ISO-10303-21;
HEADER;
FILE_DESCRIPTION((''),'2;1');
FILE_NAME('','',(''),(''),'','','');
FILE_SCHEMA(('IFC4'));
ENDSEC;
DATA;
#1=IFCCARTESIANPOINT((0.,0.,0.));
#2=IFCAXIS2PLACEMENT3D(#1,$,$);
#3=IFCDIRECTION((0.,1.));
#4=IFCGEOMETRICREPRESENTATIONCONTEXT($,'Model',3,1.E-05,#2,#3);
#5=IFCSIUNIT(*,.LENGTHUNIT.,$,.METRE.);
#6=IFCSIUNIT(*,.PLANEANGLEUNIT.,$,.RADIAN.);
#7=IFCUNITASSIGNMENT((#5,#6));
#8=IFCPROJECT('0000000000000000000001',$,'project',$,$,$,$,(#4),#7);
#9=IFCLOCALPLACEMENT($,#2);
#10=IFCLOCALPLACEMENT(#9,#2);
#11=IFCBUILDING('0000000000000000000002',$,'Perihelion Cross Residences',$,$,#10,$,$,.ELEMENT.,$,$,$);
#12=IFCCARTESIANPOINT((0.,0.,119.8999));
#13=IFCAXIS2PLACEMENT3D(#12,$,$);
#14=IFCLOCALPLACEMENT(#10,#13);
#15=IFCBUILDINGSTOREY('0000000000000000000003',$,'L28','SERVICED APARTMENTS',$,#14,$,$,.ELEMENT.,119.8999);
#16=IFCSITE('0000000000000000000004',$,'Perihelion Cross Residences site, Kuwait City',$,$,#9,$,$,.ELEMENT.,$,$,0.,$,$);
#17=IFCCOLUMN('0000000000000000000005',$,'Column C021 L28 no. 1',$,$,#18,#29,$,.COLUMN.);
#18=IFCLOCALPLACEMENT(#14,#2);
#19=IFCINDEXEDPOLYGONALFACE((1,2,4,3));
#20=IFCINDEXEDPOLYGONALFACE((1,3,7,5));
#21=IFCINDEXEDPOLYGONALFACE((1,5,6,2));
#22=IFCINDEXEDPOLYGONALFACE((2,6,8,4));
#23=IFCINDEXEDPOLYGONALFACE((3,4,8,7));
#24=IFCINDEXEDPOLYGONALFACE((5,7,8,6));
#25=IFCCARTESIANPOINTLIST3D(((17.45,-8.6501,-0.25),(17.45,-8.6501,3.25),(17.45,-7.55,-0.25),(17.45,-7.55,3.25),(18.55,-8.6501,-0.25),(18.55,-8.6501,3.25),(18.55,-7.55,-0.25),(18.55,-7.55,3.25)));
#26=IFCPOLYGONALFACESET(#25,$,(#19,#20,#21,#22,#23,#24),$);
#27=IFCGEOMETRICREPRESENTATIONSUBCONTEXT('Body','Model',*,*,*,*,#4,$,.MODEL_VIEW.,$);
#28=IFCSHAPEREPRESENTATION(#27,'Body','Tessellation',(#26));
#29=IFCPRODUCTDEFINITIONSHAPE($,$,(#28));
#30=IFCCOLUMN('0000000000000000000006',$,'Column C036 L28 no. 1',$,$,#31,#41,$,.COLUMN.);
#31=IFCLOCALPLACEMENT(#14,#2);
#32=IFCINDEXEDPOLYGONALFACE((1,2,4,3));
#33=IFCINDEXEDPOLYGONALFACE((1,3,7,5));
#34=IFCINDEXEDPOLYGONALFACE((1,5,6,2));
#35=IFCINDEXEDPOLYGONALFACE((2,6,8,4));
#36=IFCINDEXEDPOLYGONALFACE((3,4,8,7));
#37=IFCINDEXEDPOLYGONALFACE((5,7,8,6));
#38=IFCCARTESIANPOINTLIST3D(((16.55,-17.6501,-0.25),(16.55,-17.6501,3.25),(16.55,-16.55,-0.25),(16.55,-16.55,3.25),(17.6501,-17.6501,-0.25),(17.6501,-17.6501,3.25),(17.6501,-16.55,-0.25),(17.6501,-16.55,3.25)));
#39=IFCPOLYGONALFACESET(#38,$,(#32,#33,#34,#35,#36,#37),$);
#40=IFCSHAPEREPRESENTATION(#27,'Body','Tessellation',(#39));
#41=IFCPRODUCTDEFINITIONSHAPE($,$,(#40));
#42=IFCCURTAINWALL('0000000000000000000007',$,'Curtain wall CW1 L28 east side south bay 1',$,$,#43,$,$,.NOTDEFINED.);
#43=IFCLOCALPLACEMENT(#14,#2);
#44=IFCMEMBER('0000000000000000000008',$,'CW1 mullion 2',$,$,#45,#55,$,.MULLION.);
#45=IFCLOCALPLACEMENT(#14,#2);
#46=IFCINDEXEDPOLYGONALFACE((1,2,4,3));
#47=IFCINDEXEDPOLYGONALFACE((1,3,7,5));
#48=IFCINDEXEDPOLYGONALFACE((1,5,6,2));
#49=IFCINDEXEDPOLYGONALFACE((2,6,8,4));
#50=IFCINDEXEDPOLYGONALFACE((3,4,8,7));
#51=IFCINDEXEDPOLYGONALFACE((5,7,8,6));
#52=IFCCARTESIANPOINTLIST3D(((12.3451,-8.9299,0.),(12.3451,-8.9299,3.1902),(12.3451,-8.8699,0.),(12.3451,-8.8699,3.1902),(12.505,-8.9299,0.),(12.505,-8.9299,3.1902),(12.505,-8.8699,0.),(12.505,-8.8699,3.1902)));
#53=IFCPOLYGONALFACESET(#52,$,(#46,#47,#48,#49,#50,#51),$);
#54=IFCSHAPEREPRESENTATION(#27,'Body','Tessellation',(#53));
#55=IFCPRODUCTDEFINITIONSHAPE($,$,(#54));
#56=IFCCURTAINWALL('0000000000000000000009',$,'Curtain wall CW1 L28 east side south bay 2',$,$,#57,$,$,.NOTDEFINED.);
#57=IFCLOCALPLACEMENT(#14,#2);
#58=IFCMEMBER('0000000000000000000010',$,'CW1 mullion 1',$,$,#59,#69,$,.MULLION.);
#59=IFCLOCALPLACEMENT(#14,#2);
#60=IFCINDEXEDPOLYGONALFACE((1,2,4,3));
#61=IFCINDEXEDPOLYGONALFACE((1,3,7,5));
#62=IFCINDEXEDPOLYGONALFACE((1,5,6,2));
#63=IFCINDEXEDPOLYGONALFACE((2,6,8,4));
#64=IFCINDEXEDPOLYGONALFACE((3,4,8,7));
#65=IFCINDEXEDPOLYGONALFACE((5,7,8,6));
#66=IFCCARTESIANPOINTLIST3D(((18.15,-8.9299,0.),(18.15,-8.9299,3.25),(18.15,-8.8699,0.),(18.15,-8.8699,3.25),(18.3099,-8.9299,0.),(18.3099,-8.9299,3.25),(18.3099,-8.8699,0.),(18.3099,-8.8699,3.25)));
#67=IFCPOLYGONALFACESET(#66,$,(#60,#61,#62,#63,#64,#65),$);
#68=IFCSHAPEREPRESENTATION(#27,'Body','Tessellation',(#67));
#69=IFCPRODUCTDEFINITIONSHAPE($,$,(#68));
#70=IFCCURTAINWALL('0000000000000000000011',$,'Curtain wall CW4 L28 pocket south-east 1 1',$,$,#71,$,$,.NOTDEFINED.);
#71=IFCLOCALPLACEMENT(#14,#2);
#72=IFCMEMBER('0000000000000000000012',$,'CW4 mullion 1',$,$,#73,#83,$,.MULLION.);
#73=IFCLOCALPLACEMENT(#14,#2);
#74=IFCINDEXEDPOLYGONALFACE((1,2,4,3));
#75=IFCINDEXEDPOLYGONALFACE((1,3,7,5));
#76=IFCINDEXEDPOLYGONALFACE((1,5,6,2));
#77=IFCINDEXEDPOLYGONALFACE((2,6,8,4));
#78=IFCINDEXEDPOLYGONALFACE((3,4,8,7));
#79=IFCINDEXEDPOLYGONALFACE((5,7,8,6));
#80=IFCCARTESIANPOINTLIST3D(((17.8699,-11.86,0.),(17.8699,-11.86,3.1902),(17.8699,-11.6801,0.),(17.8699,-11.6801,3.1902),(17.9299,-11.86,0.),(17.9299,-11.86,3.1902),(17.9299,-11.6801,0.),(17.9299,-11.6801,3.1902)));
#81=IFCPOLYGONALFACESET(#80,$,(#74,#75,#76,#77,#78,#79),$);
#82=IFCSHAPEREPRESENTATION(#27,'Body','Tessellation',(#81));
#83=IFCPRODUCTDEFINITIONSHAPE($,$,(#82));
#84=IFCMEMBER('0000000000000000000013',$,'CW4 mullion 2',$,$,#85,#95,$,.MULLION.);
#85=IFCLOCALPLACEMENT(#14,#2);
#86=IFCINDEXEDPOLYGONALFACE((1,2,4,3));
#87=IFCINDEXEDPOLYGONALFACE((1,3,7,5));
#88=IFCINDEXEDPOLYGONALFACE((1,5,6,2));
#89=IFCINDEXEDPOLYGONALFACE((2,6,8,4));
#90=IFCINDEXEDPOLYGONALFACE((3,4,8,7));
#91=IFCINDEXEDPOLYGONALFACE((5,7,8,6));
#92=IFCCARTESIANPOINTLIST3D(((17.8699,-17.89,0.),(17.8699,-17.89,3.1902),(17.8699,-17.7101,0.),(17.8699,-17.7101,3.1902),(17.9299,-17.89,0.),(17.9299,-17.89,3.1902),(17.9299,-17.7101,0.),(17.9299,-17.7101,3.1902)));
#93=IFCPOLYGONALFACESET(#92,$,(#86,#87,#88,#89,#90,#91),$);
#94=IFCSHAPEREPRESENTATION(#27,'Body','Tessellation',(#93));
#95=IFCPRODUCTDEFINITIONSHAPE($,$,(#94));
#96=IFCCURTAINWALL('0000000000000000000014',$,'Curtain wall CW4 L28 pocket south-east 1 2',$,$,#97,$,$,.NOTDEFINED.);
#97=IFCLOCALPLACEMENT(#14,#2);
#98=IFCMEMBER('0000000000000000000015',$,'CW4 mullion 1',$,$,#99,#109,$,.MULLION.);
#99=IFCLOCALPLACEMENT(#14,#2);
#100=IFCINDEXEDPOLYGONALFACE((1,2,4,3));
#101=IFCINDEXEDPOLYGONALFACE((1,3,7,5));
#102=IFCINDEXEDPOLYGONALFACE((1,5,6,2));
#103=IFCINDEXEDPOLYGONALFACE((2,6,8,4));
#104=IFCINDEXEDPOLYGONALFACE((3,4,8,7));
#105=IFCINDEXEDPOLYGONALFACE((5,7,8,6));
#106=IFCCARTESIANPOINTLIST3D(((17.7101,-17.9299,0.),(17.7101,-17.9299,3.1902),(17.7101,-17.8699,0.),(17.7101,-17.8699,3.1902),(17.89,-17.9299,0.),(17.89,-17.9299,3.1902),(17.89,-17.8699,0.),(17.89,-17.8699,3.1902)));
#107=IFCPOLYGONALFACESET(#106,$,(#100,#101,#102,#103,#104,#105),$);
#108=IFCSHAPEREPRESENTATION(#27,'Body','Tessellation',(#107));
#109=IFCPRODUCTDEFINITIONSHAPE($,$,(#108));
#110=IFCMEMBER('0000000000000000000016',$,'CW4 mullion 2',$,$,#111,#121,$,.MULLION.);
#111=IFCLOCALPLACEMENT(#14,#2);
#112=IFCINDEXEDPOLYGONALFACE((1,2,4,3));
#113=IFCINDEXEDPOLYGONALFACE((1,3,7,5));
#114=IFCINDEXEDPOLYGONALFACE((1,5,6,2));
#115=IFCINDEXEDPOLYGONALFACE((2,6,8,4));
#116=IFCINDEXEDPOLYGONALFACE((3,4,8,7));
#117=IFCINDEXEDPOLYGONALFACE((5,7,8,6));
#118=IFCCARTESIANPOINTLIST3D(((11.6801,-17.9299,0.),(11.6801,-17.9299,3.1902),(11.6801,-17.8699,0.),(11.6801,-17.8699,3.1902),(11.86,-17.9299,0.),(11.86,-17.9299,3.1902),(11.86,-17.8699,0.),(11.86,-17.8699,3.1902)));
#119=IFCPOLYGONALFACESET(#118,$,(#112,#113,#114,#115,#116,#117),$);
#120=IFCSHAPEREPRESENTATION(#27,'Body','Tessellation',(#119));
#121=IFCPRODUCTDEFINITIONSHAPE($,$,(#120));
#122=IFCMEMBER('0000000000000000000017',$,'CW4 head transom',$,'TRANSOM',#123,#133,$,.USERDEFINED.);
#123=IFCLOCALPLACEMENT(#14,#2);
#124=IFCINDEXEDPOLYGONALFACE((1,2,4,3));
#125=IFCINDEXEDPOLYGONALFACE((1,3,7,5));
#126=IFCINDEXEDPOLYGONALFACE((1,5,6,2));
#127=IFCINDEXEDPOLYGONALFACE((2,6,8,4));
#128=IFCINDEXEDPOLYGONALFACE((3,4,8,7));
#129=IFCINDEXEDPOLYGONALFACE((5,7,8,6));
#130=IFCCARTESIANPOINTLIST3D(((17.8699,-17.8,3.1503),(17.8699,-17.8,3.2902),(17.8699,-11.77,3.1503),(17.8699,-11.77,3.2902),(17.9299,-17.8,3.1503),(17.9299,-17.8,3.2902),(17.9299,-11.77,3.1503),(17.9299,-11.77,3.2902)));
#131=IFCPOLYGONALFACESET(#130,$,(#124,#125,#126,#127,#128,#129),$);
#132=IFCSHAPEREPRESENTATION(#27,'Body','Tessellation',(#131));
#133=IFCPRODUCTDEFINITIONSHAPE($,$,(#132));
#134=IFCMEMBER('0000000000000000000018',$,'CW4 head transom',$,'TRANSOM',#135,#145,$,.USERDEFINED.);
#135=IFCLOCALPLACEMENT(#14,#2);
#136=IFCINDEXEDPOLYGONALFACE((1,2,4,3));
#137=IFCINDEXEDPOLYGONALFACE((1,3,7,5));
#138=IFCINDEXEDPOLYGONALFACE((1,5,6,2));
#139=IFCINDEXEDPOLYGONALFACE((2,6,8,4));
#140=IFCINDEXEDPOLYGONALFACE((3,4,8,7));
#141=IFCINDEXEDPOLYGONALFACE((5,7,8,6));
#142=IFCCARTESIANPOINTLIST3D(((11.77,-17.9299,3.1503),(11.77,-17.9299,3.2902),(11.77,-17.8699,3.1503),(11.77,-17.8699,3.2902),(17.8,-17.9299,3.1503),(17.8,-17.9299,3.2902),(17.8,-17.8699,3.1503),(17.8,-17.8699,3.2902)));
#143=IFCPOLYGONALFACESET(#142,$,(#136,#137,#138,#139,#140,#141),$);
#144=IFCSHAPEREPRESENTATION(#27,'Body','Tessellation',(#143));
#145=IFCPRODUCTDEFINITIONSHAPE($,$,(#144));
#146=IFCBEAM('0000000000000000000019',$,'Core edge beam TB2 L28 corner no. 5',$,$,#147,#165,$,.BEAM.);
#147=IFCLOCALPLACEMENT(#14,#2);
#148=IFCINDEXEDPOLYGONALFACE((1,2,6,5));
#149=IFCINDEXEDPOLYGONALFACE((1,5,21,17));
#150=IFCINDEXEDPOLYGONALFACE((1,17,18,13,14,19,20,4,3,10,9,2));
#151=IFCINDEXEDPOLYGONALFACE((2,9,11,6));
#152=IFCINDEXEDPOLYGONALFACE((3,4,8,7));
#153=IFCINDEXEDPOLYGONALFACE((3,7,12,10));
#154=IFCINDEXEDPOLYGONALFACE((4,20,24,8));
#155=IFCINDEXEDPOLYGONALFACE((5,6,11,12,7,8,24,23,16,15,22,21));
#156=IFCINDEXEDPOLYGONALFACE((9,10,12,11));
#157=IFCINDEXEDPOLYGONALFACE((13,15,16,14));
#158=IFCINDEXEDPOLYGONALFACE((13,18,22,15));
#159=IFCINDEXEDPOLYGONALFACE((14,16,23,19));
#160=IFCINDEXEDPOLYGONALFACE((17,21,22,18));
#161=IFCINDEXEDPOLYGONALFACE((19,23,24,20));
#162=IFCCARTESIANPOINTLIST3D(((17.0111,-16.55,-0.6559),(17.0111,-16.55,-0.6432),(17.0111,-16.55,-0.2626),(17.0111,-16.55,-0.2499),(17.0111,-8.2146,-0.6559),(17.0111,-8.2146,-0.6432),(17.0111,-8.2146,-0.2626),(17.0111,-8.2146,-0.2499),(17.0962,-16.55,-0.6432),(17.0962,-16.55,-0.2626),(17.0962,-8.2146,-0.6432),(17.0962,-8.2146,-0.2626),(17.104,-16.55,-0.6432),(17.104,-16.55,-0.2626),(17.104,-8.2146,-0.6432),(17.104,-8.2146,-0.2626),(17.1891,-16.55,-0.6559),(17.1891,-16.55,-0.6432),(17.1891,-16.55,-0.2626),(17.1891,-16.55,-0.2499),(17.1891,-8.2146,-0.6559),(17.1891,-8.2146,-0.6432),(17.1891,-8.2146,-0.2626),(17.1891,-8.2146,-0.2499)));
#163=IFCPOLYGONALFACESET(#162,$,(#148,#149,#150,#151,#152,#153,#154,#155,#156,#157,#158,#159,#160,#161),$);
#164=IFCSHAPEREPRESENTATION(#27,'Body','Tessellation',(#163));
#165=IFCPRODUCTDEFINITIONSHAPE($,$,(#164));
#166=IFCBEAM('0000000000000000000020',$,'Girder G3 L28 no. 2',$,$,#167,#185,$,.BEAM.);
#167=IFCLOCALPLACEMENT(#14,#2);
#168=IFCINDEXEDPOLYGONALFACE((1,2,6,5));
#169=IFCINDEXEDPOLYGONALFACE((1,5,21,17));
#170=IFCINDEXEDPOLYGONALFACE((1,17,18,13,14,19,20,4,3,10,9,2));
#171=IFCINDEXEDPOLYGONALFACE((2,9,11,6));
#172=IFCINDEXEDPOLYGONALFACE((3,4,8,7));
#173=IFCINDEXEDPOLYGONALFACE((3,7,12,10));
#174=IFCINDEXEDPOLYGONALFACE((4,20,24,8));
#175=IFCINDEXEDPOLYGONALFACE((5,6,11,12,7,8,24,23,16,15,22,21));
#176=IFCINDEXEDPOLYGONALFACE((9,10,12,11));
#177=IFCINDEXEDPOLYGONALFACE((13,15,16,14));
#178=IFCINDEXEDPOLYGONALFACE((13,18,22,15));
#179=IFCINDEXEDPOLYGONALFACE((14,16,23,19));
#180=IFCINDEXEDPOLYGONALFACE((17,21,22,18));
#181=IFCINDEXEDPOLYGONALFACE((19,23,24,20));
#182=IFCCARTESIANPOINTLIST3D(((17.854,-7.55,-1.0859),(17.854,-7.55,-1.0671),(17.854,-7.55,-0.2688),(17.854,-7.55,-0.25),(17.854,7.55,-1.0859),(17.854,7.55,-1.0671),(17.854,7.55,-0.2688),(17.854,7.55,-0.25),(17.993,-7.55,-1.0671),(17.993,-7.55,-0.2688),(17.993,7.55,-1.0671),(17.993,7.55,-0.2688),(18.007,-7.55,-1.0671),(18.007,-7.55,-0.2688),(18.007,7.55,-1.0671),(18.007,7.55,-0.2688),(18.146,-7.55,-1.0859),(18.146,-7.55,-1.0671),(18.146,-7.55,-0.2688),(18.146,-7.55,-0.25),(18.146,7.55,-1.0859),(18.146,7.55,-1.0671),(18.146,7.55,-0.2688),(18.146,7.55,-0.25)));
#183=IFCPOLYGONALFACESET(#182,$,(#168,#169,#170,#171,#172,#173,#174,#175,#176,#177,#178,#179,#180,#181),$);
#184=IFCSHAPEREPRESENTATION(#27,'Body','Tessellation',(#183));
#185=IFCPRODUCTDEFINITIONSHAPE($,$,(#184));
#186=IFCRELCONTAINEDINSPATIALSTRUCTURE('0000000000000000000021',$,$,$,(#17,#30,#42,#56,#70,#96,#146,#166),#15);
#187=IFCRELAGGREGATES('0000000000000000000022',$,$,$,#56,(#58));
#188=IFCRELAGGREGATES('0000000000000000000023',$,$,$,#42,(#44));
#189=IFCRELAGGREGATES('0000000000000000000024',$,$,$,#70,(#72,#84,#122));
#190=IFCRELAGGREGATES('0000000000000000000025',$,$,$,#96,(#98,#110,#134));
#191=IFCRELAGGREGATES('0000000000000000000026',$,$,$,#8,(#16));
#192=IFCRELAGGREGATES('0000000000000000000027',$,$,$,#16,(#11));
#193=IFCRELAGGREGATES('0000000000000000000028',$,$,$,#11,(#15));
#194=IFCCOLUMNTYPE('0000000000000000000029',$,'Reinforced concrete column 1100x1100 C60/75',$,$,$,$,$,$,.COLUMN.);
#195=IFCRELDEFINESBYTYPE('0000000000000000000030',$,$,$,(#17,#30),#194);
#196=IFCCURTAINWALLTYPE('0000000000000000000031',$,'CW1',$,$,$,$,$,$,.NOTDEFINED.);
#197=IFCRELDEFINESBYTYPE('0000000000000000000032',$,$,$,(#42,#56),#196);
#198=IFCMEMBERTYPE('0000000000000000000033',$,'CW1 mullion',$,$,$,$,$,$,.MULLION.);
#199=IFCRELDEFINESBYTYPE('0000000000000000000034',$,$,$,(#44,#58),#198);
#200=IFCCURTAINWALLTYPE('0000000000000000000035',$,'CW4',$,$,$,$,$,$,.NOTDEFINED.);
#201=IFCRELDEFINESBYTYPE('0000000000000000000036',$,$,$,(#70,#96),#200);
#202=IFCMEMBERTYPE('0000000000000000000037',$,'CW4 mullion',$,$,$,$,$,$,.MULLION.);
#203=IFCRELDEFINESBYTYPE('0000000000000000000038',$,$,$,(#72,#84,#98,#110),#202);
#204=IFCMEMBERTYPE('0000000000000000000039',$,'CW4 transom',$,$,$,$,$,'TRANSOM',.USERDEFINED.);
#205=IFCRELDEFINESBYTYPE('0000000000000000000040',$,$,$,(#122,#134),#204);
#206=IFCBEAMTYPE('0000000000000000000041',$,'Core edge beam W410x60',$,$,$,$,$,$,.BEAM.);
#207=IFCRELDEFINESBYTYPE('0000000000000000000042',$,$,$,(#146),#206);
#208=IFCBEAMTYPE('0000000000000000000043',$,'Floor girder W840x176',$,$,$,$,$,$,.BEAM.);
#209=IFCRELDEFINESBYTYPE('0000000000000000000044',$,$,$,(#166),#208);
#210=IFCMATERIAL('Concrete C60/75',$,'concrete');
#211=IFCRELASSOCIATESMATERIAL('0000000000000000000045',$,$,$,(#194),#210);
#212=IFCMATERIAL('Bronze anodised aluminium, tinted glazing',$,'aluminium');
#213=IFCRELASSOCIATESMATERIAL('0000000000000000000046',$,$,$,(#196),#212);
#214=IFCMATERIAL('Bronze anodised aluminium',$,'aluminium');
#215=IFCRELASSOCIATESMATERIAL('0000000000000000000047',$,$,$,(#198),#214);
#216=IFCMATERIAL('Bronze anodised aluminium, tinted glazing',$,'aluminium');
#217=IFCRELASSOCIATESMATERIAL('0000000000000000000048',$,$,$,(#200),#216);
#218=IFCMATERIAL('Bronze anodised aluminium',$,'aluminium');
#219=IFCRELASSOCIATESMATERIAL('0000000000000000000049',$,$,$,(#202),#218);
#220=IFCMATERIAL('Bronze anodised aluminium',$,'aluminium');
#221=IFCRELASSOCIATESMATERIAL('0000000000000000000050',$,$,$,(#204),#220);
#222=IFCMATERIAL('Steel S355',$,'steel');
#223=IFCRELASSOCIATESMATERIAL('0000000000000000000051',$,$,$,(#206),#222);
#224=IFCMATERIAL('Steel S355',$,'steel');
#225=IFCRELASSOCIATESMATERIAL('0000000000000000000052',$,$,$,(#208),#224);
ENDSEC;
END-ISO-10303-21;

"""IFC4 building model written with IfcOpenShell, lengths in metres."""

from ifc_helpers import new_model, si_unit, direction, frame, origin, origin_2d, place, context, subcontext, project, spatial, rectangle, i_section, extrude, material, material_profile, profile_set, type_object, element, aggregate, save


model = new_model("IFC4")

# Units and contexts
model_context = context("Model", 3, precision=1e-05, world=origin(), true_north=direction((0.0, 1.0)))
body_context = subcontext(model_context, "Body", "Model", "MODEL_VIEW")
ifc_project = project(units=[si_unit("LENGTHUNIT", "METRE"), si_unit("PLANEANGLEUNIT", "RADIAN")], contexts=[model_context])

# Site, building, storey
site_placement = place(None, origin())
site = spatial("IfcSite", under=ifc_project, at=site_placement, Name="Perihelion Cross Residences site, Kuwait City", CompositionType="ELEMENT", RefElevation=0.0)
building_placement = place(site_placement, origin())
building = spatial("IfcBuilding", under=site, at=building_placement, Name="Perihelion Cross Residences", CompositionType="ELEMENT")
storey_placement = place(building_placement, frame((0.0, 0.0, 119.8999)))
storey = spatial("IfcBuildingStorey", under=building, at=storey_placement, Name="L28", Description="SERVICED APARTMENTS", CompositionType="ELEMENT", Elevation=119.8999)

# Columns
ifc_material_1 = material(Name="Concrete C60/75", Category="concrete")
ifc_material_profile_1 = material_profile(ifc_material_1, rectangle(XDim=1.1001, YDim=1.1001, at=origin_2d()), Name="RC 1100x1100")
ifc_profile_set_1 = profile_set([ifc_material_profile_1], Name="Concrete C60/75")
column_type = type_object("IfcColumnType", Name="Reinforced concrete column 1100x1100 C60/75", PredefinedType="COLUMN", material=ifc_profile_set_1)
for number, where, z_axis, x_axis, name in (
    (1, (18.0, -8.1001, -0.25), (0.0, 0.0, 1.0), (1.0, 0.0, 0.0), "Column C021 L28 no. 1"),
    (2, (17.1001, -17.1001, -0.25), (0.0, 0.0, 1.0), (1.0, 0.0, 0.0), "Column C036 L28 no. 1"),
):
    element("IfcColumn", number, at=place(storey_placement, frame(where, z_axis=z_axis, x_axis=x_axis)), inside=storey, type_object=column_type, Name=name, PredefinedType="COLUMN", context=body_context, shape_type="SweptSolid", body=[
        extrude(rectangle(XDim=1.1001, YDim=1.1001, at=origin_2d()), origin(), (0.0, 0.0, 1.0), 3.5),
    ])

# Curtain walls, members
ifc_material_2 = material(Name="Bronze anodised aluminium, tinted glazing", Category="aluminium")
curtain_wall_type_1 = type_object("IfcCurtainWallType", Name="CW1", PredefinedType="NOTDEFINED", material=ifc_material_2)
curtain_wall_1_placement = place(storey_placement, origin())
curtain_wall_1 = element("IfcCurtainWall", 3, at=curtain_wall_1_placement, inside=storey, type_object=curtain_wall_type_1, Name="Curtain wall CW1 L28 east side south bay 1", PredefinedType="NOTDEFINED")
ifc_material_3 = material(Name="Bronze anodised aluminium", Category="aluminium")
ifc_material_profile_2 = material_profile(ifc_material_3, rectangle(XDim=0.0601, YDim=0.1599, at=origin_2d()), Name="CW1 mullion")
ifc_profile_set_2 = profile_set([ifc_material_profile_2], Name="Bronze anodised aluminium")
member_type_1 = type_object("IfcMemberType", Name="CW1 mullion", PredefinedType="MULLION", material=ifc_profile_set_2)
member_1_placement = place(storey_placement, frame((12.425, -8.8999, 0.0), z_axis=(0.0, 0.0, 1.0), x_axis=(0.0, 1.0, 0.0)))
member_1 = element("IfcMember", 4, at=member_1_placement, type_object=member_type_1, Name="CW1 mullion 2", PredefinedType="MULLION", context=body_context, shape_type="SweptSolid", body=[
    extrude(rectangle(XDim=0.0601, YDim=0.1599, at=origin_2d()), origin(), (0.0, 0.0, 1.0), 3.1902),
])
curtain_wall_2_placement = place(storey_placement, origin())
curtain_wall_2 = element("IfcCurtainWall", 5, at=curtain_wall_2_placement, inside=storey, type_object=curtain_wall_type_1, Name="Curtain wall CW1 L28 east side south bay 2", PredefinedType="NOTDEFINED")
member_2_placement = place(storey_placement, frame((18.23, -8.8999, 0.0), z_axis=(0.0, 0.0, 1.0), x_axis=(0.0, 1.0, 0.0)))
member_2 = element("IfcMember", 6, at=member_2_placement, type_object=member_type_1, Name="CW1 mullion 1", PredefinedType="MULLION", context=body_context, shape_type="SweptSolid", body=[
    extrude(rectangle(XDim=0.0601, YDim=0.1599, at=origin_2d()), origin(), (0.0, 0.0, 1.0), 3.25),
])
aggregate(curtain_wall_2, [member_2])

# Curtain walls, members
ifc_material_4 = material(Name="Bronze anodised aluminium, tinted glazing", Category="aluminium")
curtain_wall_type_2 = type_object("IfcCurtainWallType", Name="CW4", PredefinedType="NOTDEFINED", material=ifc_material_4)
curtain_wall_3_placement = place(storey_placement, origin())
curtain_wall_3 = element("IfcCurtainWall", 7, at=curtain_wall_3_placement, inside=storey, type_object=curtain_wall_type_2, Name="Curtain wall CW4 L28 pocket south-east 1 1", PredefinedType="NOTDEFINED")
ifc_material_5 = material(Name="Bronze anodised aluminium", Category="aluminium")
ifc_material_profile_3 = material_profile(ifc_material_5, rectangle(XDim=0.0601, YDim=0.1799, at=origin_2d()), Name="CW4 mullion")
ifc_profile_set_3 = profile_set([ifc_material_profile_3], Name="Bronze anodised aluminium")
member_type_2 = type_object("IfcMemberType", Name="CW4 mullion", PredefinedType="MULLION", material=ifc_profile_set_3)
member_3_placement = place(storey_placement, frame((17.8999, -11.77, 0.0), z_axis=(0.0, 0.0, 1.0), x_axis=(1.0, 0.0, 0.0)))
member_3 = element("IfcMember", 8, at=member_3_placement, type_object=member_type_2, Name="CW4 mullion 1", PredefinedType="MULLION", context=body_context, shape_type="SweptSolid", body=[
    extrude(rectangle(XDim=0.0601, YDim=0.1799, at=origin_2d()), origin(), (0.0, 0.0, 1.0), 3.1902),
])
member_4_placement = place(storey_placement, frame((17.8999, -17.8, 0.0), z_axis=(0.0, 0.0, 1.0), x_axis=(1.0, 0.0, 0.0)))
member_4 = element("IfcMember", 9, at=member_4_placement, type_object=member_type_2, Name="CW4 mullion 2", PredefinedType="MULLION", context=body_context, shape_type="SweptSolid", body=[
    extrude(rectangle(XDim=0.0601, YDim=0.1799, at=origin_2d()), origin(), (0.0, 0.0, 1.0), 3.1902),
])
curtain_wall_4_placement = place(storey_placement, origin())
curtain_wall_4 = element("IfcCurtainWall", 10, at=curtain_wall_4_placement, inside=storey, type_object=curtain_wall_type_2, Name="Curtain wall CW4 L28 pocket south-east 1 2", PredefinedType="NOTDEFINED")
member_5_placement = place(storey_placement, frame((17.8, -17.8999, 0.0), z_axis=(0.0, 0.0, 1.0), x_axis=(0.0, -1.0, 0.0)))
member_5 = element("IfcMember", 11, at=member_5_placement, type_object=member_type_2, Name="CW4 mullion 1", PredefinedType="MULLION", context=body_context, shape_type="SweptSolid", body=[
    extrude(rectangle(XDim=0.0601, YDim=0.1799, at=origin_2d()), origin(), (0.0, 0.0, 1.0), 3.1902),
])
member_6_placement = place(storey_placement, frame((11.77, -17.8999, 0.0), z_axis=(0.0, 0.0, 1.0), x_axis=(0.0, -1.0, 0.0)))
member_6 = element("IfcMember", 12, at=member_6_placement, type_object=member_type_2, Name="CW4 mullion 2", PredefinedType="MULLION", context=body_context, shape_type="SweptSolid", body=[
    extrude(rectangle(XDim=0.0601, YDim=0.1799, at=origin_2d()), origin(), (0.0, 0.0, 1.0), 3.1902),
])

# Members
ifc_material_6 = material(Name="Bronze anodised aluminium", Category="aluminium")
ifc_material_profile_4 = material_profile(ifc_material_6, rectangle(XDim=0.0601, YDim=0.1399, at=origin_2d()), Name="CW4 transom")
ifc_profile_set_4 = profile_set([ifc_material_profile_4], Name="Bronze anodised aluminium")
member_type_3 = type_object("IfcMemberType", Name="CW4 transom", ElementType="TRANSOM", PredefinedType="USERDEFINED", material=ifc_profile_set_4)
member_7_placement = place(storey_placement, frame((17.8999, -11.77, 3.2202), z_axis=(0.0, -1.0, 0.0), x_axis=(1.0, 0.0, 0.0)))
member_7 = element("IfcMember", 13, at=member_7_placement, type_object=member_type_3, Name="CW4 head transom", ObjectType="TRANSOM", PredefinedType="USERDEFINED", context=body_context, shape_type="SweptSolid", body=[
    extrude(rectangle(XDim=0.0601, YDim=0.1399, at=origin_2d()), origin(), (0.0, 0.0, 1.0), 6.03),
])
member_8_placement = place(storey_placement, frame((17.8, -17.8999, 3.2202), z_axis=(-1.0, 0.0, 0.0), x_axis=(0.0, -1.0, 0.0)))
member_8 = element("IfcMember", 14, at=member_8_placement, type_object=member_type_3, Name="CW4 head transom", ObjectType="TRANSOM", PredefinedType="USERDEFINED", context=body_context, shape_type="SweptSolid", body=[
    extrude(rectangle(XDim=0.0601, YDim=0.1399, at=origin_2d()), origin(), (0.0, 0.0, 1.0), 6.03),
])

# Beams
ifc_material_7 = material(Name="Steel S355", Category="steel")
ifc_material_profile_5 = material_profile(ifc_material_7, i_section(OverallWidth=0.178, OverallDepth=0.406, WebThickness=0.0078, FlangeThickness=0.0127, at=origin_2d()), Name="W410x60")
ifc_profile_set_5 = profile_set([ifc_material_profile_5], Name="Steel S355")
beam_type_1 = type_object("IfcBeamType", Name="Core edge beam W410x60", PredefinedType="BEAM", material=ifc_profile_set_5)
beam_1_placement = place(storey_placement, frame((17.1001, -8.2146, -0.4529), z_axis=(0.0, -1.0, 0.0), x_axis=(1.0, 0.0, 0.0)))
element("IfcBeam", 15, at=beam_1_placement, inside=storey, type_object=beam_type_1, Name="Core edge beam TB2 L28 corner no. 5", PredefinedType="BEAM", context=body_context, shape_type="SweptSolid", body=[
    extrude(i_section(OverallWidth=0.178, OverallDepth=0.406, WebThickness=0.0078, FlangeThickness=0.0127, at=origin_2d()), origin(), (0.0, 0.0, 1.0), 8.3354),
])
ifc_material_8 = material(Name="Steel S355", Category="steel")
ifc_material_profile_6 = material_profile(ifc_material_8, i_section(OverallWidth=0.292, OverallDepth=0.8359, WebThickness=0.0139, FlangeThickness=0.0188, at=origin_2d()), Name="W840x176")
ifc_profile_set_6 = profile_set([ifc_material_profile_6], Name="Steel S355")
beam_type_2 = type_object("IfcBeamType", Name="Floor girder W840x176", PredefinedType="BEAM", material=ifc_profile_set_6)
beam_2_placement = place(storey_placement, frame((18.0, -7.55, -0.668), z_axis=(0.0, 1.0, 0.0), x_axis=(-1.0, 0.0, 0.0)))
element("IfcBeam", 16, at=beam_2_placement, inside=storey, type_object=beam_type_2, Name="Girder G3 L28 no. 2", PredefinedType="BEAM", context=body_context, shape_type="SweptSolid", body=[
    extrude(i_section(OverallWidth=0.292, OverallDepth=0.8359, WebThickness=0.0139, FlangeThickness=0.0188, at=origin_2d()), origin(), (0.0, 0.0, 1.0), 15.1001),
])

aggregate(curtain_wall_1, [member_1])
aggregate(curtain_wall_3, [member_3, member_4, member_7])
aggregate(curtain_wall_4, [member_5, member_6, member_8])

save(model, "model.ifc")
